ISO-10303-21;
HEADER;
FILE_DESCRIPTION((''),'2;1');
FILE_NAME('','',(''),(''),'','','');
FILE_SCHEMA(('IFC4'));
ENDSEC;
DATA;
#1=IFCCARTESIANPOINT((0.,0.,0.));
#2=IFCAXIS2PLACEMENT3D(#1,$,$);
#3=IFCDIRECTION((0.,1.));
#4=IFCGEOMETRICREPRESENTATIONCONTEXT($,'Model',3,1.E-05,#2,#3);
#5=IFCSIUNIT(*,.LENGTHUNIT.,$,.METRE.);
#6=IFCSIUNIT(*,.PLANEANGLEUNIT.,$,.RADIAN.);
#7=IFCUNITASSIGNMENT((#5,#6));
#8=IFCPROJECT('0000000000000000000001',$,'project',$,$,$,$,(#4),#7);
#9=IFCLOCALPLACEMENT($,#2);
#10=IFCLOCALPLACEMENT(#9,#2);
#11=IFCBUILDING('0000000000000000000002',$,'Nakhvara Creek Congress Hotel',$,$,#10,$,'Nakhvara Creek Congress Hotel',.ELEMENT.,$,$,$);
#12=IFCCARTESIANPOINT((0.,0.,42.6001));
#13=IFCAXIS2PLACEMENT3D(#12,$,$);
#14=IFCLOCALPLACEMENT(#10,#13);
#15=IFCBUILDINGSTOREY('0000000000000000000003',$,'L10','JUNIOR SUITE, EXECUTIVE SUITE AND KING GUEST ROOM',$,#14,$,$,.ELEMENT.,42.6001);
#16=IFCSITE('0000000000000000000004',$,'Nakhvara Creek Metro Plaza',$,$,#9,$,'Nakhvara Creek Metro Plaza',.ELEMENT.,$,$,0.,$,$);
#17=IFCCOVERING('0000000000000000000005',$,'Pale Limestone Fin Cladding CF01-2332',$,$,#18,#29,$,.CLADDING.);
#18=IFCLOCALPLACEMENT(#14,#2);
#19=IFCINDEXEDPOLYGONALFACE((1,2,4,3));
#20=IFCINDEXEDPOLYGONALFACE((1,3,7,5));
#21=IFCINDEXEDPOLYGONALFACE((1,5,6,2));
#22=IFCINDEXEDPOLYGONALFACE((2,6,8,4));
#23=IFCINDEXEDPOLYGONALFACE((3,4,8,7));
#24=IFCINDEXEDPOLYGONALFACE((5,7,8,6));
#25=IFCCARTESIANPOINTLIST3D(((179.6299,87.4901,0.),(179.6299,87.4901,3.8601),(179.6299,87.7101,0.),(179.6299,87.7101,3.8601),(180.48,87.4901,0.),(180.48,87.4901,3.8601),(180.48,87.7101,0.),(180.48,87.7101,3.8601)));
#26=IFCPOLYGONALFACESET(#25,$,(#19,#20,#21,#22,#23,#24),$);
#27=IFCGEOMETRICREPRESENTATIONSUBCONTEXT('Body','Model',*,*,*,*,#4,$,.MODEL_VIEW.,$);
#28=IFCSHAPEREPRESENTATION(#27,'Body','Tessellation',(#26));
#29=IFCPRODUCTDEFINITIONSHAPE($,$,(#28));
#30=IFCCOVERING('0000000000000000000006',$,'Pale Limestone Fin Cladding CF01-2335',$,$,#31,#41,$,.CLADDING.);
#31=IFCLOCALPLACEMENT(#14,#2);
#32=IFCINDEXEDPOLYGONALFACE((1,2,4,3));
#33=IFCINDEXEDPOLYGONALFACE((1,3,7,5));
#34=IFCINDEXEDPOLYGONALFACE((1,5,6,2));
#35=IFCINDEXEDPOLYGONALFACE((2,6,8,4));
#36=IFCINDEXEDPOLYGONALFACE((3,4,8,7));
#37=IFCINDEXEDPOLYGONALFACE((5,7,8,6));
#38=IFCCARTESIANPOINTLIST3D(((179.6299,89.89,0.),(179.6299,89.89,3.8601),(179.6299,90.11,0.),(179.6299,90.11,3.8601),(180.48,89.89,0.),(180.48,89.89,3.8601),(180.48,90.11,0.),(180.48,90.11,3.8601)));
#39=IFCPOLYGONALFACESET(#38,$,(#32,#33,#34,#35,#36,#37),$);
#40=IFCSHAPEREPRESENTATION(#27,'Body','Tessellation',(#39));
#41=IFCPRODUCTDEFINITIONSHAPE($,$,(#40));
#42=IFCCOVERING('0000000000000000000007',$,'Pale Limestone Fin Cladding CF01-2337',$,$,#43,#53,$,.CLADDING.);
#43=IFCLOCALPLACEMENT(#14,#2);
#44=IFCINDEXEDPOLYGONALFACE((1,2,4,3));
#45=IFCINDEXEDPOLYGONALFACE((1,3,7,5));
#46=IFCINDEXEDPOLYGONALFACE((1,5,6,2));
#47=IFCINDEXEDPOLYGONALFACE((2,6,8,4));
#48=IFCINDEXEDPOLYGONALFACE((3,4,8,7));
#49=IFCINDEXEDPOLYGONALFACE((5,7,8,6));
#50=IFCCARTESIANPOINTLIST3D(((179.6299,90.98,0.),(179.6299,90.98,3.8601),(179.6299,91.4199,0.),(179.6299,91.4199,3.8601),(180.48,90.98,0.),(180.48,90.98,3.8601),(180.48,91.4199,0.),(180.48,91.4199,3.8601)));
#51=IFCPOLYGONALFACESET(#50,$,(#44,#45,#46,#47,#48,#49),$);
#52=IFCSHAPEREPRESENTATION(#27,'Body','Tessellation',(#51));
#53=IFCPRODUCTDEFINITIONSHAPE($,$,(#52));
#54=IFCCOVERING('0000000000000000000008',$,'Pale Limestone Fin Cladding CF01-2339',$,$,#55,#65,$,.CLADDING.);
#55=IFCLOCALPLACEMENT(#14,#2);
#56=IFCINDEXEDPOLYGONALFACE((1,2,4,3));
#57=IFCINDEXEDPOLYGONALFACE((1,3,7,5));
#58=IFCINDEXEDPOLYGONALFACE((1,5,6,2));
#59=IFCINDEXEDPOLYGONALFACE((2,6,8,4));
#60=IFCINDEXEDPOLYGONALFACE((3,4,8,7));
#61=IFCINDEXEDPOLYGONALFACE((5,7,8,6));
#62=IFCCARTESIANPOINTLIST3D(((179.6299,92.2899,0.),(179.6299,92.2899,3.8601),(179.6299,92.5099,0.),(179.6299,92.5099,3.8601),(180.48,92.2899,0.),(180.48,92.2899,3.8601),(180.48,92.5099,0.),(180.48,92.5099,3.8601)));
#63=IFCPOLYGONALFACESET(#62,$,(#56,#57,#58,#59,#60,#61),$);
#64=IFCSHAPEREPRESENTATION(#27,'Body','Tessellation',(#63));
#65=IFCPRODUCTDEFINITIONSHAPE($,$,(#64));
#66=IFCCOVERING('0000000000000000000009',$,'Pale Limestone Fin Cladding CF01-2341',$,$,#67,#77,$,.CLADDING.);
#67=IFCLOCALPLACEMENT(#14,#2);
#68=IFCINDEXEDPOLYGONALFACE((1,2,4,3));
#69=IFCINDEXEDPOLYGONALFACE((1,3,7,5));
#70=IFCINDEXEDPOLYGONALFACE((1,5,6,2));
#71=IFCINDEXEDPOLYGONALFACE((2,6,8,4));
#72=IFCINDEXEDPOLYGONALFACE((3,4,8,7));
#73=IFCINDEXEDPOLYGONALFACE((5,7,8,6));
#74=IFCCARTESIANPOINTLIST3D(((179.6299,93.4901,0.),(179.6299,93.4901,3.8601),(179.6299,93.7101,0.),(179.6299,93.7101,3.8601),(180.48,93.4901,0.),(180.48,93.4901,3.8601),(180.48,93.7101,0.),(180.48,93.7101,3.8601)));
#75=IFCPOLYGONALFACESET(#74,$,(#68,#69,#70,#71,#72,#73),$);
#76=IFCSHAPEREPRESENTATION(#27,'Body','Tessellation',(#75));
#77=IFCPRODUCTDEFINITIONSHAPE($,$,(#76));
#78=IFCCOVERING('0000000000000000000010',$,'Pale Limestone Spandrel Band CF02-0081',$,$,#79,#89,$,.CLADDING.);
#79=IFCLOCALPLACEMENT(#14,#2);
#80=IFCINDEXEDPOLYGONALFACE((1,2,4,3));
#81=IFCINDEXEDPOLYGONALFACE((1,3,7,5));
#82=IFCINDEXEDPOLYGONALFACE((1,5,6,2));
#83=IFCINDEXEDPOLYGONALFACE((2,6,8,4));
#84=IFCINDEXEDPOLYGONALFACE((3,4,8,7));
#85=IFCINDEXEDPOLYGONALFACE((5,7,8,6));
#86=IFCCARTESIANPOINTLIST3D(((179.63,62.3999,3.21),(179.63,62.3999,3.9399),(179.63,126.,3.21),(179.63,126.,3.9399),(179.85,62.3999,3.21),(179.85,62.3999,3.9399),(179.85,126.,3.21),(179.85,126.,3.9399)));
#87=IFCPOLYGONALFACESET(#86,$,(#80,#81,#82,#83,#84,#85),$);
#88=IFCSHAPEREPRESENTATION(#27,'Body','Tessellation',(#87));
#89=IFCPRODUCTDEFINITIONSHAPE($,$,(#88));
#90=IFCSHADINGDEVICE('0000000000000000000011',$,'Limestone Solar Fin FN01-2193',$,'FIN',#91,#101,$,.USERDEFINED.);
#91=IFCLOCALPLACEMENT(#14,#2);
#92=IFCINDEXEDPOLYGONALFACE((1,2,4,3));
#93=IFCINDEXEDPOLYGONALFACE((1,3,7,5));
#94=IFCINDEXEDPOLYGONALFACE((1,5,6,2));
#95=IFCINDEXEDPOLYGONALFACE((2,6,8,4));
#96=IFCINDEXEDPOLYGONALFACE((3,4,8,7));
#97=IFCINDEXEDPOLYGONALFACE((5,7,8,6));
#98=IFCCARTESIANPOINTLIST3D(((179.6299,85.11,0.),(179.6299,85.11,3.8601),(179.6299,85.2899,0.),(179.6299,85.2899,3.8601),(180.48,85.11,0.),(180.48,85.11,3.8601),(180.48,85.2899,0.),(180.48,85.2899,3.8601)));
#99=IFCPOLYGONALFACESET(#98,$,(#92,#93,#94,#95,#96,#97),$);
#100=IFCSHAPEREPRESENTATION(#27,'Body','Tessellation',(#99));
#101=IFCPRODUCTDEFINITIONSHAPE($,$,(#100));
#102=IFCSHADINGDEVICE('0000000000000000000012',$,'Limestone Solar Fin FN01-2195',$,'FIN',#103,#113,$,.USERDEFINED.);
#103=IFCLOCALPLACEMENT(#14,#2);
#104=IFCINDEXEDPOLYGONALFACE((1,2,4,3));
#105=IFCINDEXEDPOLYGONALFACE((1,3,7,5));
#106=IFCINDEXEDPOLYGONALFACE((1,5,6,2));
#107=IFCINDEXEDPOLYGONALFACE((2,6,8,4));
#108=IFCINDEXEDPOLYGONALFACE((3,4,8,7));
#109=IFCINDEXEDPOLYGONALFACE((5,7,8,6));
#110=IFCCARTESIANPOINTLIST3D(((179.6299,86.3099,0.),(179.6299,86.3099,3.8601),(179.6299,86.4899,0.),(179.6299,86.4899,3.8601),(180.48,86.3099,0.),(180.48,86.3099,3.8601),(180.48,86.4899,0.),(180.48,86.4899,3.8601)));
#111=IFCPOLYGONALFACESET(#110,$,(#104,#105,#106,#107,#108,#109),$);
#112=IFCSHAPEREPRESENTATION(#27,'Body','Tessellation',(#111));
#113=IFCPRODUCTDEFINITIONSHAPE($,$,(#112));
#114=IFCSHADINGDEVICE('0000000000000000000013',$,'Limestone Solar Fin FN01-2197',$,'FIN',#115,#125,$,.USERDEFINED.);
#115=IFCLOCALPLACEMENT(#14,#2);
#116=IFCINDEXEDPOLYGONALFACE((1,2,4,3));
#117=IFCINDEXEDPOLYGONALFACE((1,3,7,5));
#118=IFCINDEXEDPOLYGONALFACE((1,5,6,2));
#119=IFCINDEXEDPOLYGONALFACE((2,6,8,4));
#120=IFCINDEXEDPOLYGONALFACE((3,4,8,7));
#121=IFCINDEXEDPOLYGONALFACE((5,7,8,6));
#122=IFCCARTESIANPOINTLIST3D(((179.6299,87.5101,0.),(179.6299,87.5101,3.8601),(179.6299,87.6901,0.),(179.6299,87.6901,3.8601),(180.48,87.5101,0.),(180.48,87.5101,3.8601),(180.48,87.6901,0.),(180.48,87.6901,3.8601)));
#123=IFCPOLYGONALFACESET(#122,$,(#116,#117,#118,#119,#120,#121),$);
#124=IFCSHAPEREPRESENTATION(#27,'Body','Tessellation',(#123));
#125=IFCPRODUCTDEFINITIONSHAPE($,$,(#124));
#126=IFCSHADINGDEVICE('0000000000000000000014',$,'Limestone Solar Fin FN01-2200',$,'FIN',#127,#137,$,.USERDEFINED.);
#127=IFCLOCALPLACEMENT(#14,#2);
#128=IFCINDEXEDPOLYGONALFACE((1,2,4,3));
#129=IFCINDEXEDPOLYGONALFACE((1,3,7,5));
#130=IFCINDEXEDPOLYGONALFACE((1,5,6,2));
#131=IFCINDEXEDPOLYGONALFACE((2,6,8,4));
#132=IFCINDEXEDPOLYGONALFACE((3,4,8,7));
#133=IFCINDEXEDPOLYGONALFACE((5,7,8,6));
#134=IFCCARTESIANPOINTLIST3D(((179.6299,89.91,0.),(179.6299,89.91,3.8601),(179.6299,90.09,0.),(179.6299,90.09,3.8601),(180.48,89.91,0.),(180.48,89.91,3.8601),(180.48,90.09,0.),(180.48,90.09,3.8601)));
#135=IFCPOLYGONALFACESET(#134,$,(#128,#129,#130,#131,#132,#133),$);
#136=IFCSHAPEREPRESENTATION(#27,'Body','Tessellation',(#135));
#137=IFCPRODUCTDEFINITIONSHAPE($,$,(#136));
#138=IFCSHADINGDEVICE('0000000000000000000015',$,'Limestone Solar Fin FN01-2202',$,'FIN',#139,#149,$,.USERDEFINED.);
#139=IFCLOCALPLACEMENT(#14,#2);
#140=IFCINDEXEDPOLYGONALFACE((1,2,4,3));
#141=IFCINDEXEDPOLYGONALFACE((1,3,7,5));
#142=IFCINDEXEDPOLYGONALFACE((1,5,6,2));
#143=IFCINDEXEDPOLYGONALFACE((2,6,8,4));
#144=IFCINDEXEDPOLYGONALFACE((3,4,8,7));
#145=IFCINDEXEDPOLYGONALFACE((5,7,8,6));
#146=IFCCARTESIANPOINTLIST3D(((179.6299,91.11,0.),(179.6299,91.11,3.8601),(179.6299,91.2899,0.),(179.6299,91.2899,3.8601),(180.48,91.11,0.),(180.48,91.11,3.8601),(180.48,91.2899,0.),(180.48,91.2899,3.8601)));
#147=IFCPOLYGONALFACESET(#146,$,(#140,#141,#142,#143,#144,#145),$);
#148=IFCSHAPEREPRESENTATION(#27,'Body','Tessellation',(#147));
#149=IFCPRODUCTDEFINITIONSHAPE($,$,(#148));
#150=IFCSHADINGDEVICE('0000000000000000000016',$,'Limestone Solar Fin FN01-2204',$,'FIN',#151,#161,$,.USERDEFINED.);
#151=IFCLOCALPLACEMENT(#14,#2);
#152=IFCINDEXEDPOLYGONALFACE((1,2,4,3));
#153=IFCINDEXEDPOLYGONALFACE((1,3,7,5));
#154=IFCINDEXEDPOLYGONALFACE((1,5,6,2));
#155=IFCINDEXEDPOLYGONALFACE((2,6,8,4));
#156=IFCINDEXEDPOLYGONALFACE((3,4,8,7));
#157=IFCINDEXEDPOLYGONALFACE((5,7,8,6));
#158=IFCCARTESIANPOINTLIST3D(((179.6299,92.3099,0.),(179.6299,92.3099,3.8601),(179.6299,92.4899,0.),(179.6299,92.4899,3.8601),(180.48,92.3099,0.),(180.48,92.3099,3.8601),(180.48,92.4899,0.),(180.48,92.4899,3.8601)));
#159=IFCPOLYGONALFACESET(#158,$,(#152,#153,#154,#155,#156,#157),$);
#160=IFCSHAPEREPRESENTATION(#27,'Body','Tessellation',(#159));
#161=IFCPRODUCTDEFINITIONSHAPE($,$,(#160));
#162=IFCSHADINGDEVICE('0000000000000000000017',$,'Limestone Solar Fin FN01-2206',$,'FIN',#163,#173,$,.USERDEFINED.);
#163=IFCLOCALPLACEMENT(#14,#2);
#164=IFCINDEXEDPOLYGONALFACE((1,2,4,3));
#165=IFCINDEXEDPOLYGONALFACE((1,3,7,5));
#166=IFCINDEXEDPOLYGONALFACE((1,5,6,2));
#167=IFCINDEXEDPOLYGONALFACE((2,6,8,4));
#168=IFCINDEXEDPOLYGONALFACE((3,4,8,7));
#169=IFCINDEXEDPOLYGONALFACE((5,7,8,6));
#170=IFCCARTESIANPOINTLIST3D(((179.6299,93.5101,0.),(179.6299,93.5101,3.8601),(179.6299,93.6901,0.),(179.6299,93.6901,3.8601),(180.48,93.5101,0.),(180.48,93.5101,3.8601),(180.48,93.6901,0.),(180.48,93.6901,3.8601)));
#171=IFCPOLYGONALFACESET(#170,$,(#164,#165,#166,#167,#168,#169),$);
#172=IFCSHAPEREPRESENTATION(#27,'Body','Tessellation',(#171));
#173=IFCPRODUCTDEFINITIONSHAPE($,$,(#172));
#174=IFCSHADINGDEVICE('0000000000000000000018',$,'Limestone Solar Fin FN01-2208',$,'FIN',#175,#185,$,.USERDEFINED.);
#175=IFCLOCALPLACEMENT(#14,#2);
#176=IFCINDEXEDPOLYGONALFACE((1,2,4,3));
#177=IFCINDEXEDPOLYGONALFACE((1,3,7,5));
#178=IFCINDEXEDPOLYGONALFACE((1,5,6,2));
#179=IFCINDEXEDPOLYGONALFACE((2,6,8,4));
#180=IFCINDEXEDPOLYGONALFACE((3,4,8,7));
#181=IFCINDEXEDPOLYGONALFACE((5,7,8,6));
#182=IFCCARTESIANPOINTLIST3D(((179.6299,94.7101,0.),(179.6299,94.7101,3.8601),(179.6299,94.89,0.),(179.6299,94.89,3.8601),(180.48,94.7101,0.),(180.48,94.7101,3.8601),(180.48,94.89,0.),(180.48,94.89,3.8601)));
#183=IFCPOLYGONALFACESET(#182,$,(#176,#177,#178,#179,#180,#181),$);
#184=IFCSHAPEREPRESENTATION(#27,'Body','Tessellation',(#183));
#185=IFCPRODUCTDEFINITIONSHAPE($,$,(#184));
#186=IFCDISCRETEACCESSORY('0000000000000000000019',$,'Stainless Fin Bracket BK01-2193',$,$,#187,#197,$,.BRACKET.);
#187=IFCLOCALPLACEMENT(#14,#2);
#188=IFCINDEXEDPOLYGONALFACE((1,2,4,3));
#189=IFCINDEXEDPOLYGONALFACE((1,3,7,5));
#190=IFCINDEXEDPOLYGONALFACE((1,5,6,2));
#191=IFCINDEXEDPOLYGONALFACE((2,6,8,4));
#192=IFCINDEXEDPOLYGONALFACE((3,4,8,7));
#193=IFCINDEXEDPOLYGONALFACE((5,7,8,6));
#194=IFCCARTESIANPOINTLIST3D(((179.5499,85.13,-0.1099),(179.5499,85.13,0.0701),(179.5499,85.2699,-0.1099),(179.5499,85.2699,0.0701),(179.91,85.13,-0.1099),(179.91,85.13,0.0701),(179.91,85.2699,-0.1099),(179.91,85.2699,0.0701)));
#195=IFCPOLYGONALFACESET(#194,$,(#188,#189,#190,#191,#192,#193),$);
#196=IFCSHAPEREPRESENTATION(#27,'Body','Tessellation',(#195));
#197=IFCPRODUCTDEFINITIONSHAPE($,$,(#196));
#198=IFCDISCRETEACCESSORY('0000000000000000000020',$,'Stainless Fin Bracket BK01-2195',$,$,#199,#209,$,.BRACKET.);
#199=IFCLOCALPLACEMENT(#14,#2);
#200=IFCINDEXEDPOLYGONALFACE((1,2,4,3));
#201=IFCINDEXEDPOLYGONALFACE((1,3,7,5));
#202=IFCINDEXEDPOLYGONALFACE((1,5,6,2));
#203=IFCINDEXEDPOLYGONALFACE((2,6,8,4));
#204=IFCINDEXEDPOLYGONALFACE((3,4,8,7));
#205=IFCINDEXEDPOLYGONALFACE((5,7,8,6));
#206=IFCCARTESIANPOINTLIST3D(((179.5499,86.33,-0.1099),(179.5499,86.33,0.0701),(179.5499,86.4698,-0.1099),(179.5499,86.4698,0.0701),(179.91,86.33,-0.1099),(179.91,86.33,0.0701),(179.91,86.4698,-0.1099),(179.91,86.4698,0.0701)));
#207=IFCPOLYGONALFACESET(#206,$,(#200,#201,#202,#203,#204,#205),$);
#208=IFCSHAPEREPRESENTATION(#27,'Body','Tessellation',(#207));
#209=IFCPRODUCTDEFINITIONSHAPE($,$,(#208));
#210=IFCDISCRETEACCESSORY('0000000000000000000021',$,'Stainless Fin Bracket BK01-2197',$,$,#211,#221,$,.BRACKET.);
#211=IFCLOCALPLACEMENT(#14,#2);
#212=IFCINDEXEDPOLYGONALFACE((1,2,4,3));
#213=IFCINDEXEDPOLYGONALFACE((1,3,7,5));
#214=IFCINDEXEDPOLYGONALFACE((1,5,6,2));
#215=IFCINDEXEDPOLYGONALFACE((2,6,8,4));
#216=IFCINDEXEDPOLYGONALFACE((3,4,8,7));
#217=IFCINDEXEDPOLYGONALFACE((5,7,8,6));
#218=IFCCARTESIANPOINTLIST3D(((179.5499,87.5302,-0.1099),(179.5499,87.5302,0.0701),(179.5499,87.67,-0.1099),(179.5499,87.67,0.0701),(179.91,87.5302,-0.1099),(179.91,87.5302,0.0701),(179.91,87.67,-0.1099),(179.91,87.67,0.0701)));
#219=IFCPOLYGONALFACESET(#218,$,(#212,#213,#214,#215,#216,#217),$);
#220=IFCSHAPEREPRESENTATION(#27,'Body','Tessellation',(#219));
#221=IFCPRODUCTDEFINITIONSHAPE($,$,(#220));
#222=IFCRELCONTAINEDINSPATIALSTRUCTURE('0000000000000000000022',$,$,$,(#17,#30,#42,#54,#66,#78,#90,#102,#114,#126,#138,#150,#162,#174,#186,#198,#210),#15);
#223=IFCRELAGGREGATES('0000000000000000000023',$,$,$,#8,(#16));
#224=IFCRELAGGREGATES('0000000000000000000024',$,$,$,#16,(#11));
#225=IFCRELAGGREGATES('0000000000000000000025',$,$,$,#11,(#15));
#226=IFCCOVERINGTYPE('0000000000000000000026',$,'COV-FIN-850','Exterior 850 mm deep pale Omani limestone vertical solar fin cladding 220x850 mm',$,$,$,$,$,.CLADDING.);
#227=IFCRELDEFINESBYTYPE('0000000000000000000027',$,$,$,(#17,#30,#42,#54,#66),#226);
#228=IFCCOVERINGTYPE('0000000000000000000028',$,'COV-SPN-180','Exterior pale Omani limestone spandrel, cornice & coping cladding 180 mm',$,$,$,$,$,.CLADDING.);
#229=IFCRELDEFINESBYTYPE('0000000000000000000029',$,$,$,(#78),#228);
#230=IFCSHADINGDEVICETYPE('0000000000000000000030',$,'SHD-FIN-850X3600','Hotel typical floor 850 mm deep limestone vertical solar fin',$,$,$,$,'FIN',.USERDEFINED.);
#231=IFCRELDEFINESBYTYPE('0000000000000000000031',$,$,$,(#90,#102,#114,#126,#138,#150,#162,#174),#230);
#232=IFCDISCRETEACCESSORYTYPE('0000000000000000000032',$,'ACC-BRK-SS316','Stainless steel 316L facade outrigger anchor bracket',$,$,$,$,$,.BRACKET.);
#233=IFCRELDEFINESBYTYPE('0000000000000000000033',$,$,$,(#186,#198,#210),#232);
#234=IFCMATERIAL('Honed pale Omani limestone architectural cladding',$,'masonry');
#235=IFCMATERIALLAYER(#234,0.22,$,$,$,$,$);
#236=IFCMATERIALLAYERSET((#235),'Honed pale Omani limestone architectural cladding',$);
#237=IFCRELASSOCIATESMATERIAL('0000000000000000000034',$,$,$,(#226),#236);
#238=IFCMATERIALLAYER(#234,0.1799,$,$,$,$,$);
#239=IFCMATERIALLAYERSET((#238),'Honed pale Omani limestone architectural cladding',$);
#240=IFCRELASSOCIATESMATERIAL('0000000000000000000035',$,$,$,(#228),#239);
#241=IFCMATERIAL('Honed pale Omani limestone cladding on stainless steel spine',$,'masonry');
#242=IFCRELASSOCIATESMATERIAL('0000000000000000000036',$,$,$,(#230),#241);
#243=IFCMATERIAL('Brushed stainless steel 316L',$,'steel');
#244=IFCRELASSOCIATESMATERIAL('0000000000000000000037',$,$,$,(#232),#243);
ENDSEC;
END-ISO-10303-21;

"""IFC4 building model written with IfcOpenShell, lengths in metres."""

from ifc_helpers import new_model, si_unit, direction, frame, origin, origin_2d, place, context, subcontext, project, spatial, rectangle, extrude, material, layer, layer_set, type_object, element, save


model = new_model("IFC4")

# Units and contexts
model_context = context("Model", 3, precision=1e-05, world=origin(), true_north=direction((0.0, 1.0)))
body_context = subcontext(model_context, "Body", "Model", "MODEL_VIEW")
ifc_project = project(units=[si_unit("LENGTHUNIT", "METRE"), si_unit("PLANEANGLEUNIT", "RADIAN")], contexts=[model_context])

# Site, building, storey
site_placement = place(None, origin())
site = spatial("IfcSite", under=ifc_project, at=site_placement, Name="Nakhvara Creek Metro Plaza", LongName="Nakhvara Creek Metro Plaza", CompositionType="ELEMENT", RefElevation=0.0)
building_placement = place(site_placement, origin())
building = spatial("IfcBuilding", under=site, at=building_placement, Name="Nakhvara Creek Congress Hotel", LongName="Nakhvara Creek Congress Hotel", CompositionType="ELEMENT")
storey_placement = place(building_placement, frame((0.0, 0.0, 42.6001)))
storey = spatial("IfcBuildingStorey", under=building, at=storey_placement, Name="L10", Description="JUNIOR SUITE, EXECUTIVE SUITE AND KING GUEST ROOM", CompositionType="ELEMENT", Elevation=42.6001)

# Coverings
ifc_material_1 = material(Name="Honed pale Omani limestone architectural cladding", Category="masonry")
ifc_layer_1 = layer(ifc_material_1, 0.22)
ifc_layer_set_1 = layer_set([ifc_layer_1], Name="Honed pale Omani limestone architectural cladding")
covering_type_1 = type_object("IfcCoveringType", Name="COV-FIN-850", Description="Exterior 850 mm deep pale Omani limestone vertical solar fin cladding 220x850 mm", PredefinedType="CLADDING", material=ifc_layer_set_1)
for number, where, z_axis, x_axis, name in (
    (1, (180.0549, 87.6001, 0.0), (0.0, 0.0, 1.0), (0.0, 1.0, 0.0), "Pale Limestone Fin Cladding CF01-2332"),
    (2, (180.0549, 90.0, 0.0), (0.0, 0.0, 1.0), (0.0, 1.0, 0.0), "Pale Limestone Fin Cladding CF01-2335"),
):
    element("IfcCovering", number, at=place(storey_placement, frame(where, z_axis=z_axis, x_axis=x_axis)), inside=storey, type_object=covering_type_1, Name=name, PredefinedType="CLADDING", context=body_context, shape_type="SweptSolid", body=[
        extrude(rectangle(XDim=0.22, YDim=0.8501, at=origin_2d()), origin(), (0.0, 0.0, 1.0), 3.8601),
    ])
covering_1_placement = place(storey_placement, frame((180.0549, 91.2, 0.0), z_axis=(0.0, 0.0, 1.0), x_axis=(0.0, 1.0, 0.0)))
element("IfcCovering", 3, at=covering_1_placement, inside=storey, type_object=covering_type_1, Name="Pale Limestone Fin Cladding CF01-2337", PredefinedType="CLADDING", context=body_context, shape_type="SweptSolid", body=[
    extrude(rectangle(XDim=0.4399, YDim=0.8501, at=origin_2d()), origin(), (0.0, 0.0, 1.0), 3.8601),
])
for number, where, z_axis, x_axis, name in (
    (4, (180.0549, 92.3999, 0.0), (0.0, 0.0, 1.0), (0.0, 1.0, 0.0), "Pale Limestone Fin Cladding CF01-2339"),
    (5, (180.0549, 93.6001, 0.0), (0.0, 0.0, 1.0), (0.0, 1.0, 0.0), "Pale Limestone Fin Cladding CF01-2341"),
):
    element("IfcCovering", number, at=place(storey_placement, frame(where, z_axis=z_axis, x_axis=x_axis)), inside=storey, type_object=covering_type_1, Name=name, PredefinedType="CLADDING", context=body_context, shape_type="SweptSolid", body=[
        extrude(rectangle(XDim=0.22, YDim=0.8501, at=origin_2d()), origin(), (0.0, 0.0, 1.0), 3.8601),
    ])
ifc_layer_2 = layer(ifc_material_1, 0.1799)
ifc_layer_set_2 = layer_set([ifc_layer_2], Name="Honed pale Omani limestone architectural cladding")
covering_type_2 = type_object("IfcCoveringType", Name="COV-SPN-180", Description="Exterior pale Omani limestone spandrel, cornice & coping cladding 180 mm", PredefinedType="CLADDING", material=ifc_layer_set_2)
covering_2_placement = place(storey_placement, frame((179.74, 94.2, 3.21), z_axis=(0.0, 0.0, 1.0), x_axis=(0.0, 1.0, 0.0)))
element("IfcCovering", 6, at=covering_2_placement, inside=storey, type_object=covering_type_2, Name="Pale Limestone Spandrel Band CF02-0081", PredefinedType="CLADDING", context=body_context, shape_type="SweptSolid", body=[
    extrude(rectangle(XDim=63.6001, YDim=0.22, at=origin_2d()), origin(), (0.0, 0.0, 1.0), 0.73),
])

# Shading devices
ifc_material_2 = material(Name="Honed pale Omani limestone cladding on stainless steel spine", Category="masonry")
shading_device_type = type_object("IfcShadingDeviceType", Name="SHD-FIN-850X3600", Description="Hotel typical floor 850 mm deep limestone vertical solar fin", ElementType="FIN", PredefinedType="USERDEFINED", material=ifc_material_2)
for number, where, z_axis, x_axis, name in (
    (7, (180.0549, 85.2, 0.0), (0.0, 0.0, 1.0), (0.0, 1.0, 0.0), "Limestone Solar Fin FN01-2193"),
    (8, (180.0549, 86.3999, 0.0), (0.0, 0.0, 1.0), (0.0, 1.0, 0.0), "Limestone Solar Fin FN01-2195"),
    (9, (180.0549, 87.6001, 0.0), (0.0, 0.0, 1.0), (0.0, 1.0, 0.0), "Limestone Solar Fin FN01-2197"),
    (10, (180.0549, 90.0, 0.0), (0.0, 0.0, 1.0), (0.0, 1.0, 0.0), "Limestone Solar Fin FN01-2200"),
    (11, (180.0549, 91.2, 0.0), (0.0, 0.0, 1.0), (0.0, 1.0, 0.0), "Limestone Solar Fin FN01-2202"),
    (12, (180.0549, 92.3999, 0.0), (0.0, 0.0, 1.0), (0.0, 1.0, 0.0), "Limestone Solar Fin FN01-2204"),
    (13, (180.0549, 93.6001, 0.0), (0.0, 0.0, 1.0), (0.0, 1.0, 0.0), "Limestone Solar Fin FN01-2206"),
    (14, (180.0549, 94.8, 0.0), (0.0, 0.0, 1.0), (0.0, 1.0, 0.0), "Limestone Solar Fin FN01-2208"),
):
    element("IfcShadingDevice", number, at=place(storey_placement, frame(where, z_axis=z_axis, x_axis=x_axis)), inside=storey, type_object=shading_device_type, Name=name, ObjectType="FIN", PredefinedType="USERDEFINED", context=body_context, shape_type="SweptSolid", body=[
        extrude(rectangle(XDim=0.1799, YDim=0.8501, at=origin_2d()), origin(), (0.0, 0.0, 1.0), 3.8601),
    ])

# Discrete accessories
ifc_material_3 = material(Name="Brushed stainless steel 316L", Category="steel")
discrete_accessory_type = type_object("IfcDiscreteAccessoryType", Name="ACC-BRK-SS316", Description="Stainless steel 316L facade outrigger anchor bracket", PredefinedType="BRACKET", material=ifc_material_3)
for number, where, z_axis, x_axis, name in (
    (15, (179.73, 85.2, -0.1099), (0.0, 0.0, 1.0), (0.0, 1.0, 0.0), "Stainless Fin Bracket BK01-2193"),
    (16, (179.73, 86.3999, -0.1099), (0.0, 0.0, 1.0), (0.0, 1.0, 0.0), "Stainless Fin Bracket BK01-2195"),
    (17, (179.73, 87.6001, -0.1099), (0.0, 0.0, 1.0), (0.0, 1.0, 0.0), "Stainless Fin Bracket BK01-2197"),
):
    element("IfcDiscreteAccessory", number, at=place(storey_placement, frame(where, z_axis=z_axis, x_axis=x_axis)), inside=storey, type_object=discrete_accessory_type, Name=name, PredefinedType="BRACKET", context=body_context, shape_type="SweptSolid", body=[
        extrude(rectangle(XDim=0.1399, YDim=0.3601, at=origin_2d()), origin(), (0.0, 0.0, 1.0), 0.1799),
    ])

save(model, "model.ifc")
